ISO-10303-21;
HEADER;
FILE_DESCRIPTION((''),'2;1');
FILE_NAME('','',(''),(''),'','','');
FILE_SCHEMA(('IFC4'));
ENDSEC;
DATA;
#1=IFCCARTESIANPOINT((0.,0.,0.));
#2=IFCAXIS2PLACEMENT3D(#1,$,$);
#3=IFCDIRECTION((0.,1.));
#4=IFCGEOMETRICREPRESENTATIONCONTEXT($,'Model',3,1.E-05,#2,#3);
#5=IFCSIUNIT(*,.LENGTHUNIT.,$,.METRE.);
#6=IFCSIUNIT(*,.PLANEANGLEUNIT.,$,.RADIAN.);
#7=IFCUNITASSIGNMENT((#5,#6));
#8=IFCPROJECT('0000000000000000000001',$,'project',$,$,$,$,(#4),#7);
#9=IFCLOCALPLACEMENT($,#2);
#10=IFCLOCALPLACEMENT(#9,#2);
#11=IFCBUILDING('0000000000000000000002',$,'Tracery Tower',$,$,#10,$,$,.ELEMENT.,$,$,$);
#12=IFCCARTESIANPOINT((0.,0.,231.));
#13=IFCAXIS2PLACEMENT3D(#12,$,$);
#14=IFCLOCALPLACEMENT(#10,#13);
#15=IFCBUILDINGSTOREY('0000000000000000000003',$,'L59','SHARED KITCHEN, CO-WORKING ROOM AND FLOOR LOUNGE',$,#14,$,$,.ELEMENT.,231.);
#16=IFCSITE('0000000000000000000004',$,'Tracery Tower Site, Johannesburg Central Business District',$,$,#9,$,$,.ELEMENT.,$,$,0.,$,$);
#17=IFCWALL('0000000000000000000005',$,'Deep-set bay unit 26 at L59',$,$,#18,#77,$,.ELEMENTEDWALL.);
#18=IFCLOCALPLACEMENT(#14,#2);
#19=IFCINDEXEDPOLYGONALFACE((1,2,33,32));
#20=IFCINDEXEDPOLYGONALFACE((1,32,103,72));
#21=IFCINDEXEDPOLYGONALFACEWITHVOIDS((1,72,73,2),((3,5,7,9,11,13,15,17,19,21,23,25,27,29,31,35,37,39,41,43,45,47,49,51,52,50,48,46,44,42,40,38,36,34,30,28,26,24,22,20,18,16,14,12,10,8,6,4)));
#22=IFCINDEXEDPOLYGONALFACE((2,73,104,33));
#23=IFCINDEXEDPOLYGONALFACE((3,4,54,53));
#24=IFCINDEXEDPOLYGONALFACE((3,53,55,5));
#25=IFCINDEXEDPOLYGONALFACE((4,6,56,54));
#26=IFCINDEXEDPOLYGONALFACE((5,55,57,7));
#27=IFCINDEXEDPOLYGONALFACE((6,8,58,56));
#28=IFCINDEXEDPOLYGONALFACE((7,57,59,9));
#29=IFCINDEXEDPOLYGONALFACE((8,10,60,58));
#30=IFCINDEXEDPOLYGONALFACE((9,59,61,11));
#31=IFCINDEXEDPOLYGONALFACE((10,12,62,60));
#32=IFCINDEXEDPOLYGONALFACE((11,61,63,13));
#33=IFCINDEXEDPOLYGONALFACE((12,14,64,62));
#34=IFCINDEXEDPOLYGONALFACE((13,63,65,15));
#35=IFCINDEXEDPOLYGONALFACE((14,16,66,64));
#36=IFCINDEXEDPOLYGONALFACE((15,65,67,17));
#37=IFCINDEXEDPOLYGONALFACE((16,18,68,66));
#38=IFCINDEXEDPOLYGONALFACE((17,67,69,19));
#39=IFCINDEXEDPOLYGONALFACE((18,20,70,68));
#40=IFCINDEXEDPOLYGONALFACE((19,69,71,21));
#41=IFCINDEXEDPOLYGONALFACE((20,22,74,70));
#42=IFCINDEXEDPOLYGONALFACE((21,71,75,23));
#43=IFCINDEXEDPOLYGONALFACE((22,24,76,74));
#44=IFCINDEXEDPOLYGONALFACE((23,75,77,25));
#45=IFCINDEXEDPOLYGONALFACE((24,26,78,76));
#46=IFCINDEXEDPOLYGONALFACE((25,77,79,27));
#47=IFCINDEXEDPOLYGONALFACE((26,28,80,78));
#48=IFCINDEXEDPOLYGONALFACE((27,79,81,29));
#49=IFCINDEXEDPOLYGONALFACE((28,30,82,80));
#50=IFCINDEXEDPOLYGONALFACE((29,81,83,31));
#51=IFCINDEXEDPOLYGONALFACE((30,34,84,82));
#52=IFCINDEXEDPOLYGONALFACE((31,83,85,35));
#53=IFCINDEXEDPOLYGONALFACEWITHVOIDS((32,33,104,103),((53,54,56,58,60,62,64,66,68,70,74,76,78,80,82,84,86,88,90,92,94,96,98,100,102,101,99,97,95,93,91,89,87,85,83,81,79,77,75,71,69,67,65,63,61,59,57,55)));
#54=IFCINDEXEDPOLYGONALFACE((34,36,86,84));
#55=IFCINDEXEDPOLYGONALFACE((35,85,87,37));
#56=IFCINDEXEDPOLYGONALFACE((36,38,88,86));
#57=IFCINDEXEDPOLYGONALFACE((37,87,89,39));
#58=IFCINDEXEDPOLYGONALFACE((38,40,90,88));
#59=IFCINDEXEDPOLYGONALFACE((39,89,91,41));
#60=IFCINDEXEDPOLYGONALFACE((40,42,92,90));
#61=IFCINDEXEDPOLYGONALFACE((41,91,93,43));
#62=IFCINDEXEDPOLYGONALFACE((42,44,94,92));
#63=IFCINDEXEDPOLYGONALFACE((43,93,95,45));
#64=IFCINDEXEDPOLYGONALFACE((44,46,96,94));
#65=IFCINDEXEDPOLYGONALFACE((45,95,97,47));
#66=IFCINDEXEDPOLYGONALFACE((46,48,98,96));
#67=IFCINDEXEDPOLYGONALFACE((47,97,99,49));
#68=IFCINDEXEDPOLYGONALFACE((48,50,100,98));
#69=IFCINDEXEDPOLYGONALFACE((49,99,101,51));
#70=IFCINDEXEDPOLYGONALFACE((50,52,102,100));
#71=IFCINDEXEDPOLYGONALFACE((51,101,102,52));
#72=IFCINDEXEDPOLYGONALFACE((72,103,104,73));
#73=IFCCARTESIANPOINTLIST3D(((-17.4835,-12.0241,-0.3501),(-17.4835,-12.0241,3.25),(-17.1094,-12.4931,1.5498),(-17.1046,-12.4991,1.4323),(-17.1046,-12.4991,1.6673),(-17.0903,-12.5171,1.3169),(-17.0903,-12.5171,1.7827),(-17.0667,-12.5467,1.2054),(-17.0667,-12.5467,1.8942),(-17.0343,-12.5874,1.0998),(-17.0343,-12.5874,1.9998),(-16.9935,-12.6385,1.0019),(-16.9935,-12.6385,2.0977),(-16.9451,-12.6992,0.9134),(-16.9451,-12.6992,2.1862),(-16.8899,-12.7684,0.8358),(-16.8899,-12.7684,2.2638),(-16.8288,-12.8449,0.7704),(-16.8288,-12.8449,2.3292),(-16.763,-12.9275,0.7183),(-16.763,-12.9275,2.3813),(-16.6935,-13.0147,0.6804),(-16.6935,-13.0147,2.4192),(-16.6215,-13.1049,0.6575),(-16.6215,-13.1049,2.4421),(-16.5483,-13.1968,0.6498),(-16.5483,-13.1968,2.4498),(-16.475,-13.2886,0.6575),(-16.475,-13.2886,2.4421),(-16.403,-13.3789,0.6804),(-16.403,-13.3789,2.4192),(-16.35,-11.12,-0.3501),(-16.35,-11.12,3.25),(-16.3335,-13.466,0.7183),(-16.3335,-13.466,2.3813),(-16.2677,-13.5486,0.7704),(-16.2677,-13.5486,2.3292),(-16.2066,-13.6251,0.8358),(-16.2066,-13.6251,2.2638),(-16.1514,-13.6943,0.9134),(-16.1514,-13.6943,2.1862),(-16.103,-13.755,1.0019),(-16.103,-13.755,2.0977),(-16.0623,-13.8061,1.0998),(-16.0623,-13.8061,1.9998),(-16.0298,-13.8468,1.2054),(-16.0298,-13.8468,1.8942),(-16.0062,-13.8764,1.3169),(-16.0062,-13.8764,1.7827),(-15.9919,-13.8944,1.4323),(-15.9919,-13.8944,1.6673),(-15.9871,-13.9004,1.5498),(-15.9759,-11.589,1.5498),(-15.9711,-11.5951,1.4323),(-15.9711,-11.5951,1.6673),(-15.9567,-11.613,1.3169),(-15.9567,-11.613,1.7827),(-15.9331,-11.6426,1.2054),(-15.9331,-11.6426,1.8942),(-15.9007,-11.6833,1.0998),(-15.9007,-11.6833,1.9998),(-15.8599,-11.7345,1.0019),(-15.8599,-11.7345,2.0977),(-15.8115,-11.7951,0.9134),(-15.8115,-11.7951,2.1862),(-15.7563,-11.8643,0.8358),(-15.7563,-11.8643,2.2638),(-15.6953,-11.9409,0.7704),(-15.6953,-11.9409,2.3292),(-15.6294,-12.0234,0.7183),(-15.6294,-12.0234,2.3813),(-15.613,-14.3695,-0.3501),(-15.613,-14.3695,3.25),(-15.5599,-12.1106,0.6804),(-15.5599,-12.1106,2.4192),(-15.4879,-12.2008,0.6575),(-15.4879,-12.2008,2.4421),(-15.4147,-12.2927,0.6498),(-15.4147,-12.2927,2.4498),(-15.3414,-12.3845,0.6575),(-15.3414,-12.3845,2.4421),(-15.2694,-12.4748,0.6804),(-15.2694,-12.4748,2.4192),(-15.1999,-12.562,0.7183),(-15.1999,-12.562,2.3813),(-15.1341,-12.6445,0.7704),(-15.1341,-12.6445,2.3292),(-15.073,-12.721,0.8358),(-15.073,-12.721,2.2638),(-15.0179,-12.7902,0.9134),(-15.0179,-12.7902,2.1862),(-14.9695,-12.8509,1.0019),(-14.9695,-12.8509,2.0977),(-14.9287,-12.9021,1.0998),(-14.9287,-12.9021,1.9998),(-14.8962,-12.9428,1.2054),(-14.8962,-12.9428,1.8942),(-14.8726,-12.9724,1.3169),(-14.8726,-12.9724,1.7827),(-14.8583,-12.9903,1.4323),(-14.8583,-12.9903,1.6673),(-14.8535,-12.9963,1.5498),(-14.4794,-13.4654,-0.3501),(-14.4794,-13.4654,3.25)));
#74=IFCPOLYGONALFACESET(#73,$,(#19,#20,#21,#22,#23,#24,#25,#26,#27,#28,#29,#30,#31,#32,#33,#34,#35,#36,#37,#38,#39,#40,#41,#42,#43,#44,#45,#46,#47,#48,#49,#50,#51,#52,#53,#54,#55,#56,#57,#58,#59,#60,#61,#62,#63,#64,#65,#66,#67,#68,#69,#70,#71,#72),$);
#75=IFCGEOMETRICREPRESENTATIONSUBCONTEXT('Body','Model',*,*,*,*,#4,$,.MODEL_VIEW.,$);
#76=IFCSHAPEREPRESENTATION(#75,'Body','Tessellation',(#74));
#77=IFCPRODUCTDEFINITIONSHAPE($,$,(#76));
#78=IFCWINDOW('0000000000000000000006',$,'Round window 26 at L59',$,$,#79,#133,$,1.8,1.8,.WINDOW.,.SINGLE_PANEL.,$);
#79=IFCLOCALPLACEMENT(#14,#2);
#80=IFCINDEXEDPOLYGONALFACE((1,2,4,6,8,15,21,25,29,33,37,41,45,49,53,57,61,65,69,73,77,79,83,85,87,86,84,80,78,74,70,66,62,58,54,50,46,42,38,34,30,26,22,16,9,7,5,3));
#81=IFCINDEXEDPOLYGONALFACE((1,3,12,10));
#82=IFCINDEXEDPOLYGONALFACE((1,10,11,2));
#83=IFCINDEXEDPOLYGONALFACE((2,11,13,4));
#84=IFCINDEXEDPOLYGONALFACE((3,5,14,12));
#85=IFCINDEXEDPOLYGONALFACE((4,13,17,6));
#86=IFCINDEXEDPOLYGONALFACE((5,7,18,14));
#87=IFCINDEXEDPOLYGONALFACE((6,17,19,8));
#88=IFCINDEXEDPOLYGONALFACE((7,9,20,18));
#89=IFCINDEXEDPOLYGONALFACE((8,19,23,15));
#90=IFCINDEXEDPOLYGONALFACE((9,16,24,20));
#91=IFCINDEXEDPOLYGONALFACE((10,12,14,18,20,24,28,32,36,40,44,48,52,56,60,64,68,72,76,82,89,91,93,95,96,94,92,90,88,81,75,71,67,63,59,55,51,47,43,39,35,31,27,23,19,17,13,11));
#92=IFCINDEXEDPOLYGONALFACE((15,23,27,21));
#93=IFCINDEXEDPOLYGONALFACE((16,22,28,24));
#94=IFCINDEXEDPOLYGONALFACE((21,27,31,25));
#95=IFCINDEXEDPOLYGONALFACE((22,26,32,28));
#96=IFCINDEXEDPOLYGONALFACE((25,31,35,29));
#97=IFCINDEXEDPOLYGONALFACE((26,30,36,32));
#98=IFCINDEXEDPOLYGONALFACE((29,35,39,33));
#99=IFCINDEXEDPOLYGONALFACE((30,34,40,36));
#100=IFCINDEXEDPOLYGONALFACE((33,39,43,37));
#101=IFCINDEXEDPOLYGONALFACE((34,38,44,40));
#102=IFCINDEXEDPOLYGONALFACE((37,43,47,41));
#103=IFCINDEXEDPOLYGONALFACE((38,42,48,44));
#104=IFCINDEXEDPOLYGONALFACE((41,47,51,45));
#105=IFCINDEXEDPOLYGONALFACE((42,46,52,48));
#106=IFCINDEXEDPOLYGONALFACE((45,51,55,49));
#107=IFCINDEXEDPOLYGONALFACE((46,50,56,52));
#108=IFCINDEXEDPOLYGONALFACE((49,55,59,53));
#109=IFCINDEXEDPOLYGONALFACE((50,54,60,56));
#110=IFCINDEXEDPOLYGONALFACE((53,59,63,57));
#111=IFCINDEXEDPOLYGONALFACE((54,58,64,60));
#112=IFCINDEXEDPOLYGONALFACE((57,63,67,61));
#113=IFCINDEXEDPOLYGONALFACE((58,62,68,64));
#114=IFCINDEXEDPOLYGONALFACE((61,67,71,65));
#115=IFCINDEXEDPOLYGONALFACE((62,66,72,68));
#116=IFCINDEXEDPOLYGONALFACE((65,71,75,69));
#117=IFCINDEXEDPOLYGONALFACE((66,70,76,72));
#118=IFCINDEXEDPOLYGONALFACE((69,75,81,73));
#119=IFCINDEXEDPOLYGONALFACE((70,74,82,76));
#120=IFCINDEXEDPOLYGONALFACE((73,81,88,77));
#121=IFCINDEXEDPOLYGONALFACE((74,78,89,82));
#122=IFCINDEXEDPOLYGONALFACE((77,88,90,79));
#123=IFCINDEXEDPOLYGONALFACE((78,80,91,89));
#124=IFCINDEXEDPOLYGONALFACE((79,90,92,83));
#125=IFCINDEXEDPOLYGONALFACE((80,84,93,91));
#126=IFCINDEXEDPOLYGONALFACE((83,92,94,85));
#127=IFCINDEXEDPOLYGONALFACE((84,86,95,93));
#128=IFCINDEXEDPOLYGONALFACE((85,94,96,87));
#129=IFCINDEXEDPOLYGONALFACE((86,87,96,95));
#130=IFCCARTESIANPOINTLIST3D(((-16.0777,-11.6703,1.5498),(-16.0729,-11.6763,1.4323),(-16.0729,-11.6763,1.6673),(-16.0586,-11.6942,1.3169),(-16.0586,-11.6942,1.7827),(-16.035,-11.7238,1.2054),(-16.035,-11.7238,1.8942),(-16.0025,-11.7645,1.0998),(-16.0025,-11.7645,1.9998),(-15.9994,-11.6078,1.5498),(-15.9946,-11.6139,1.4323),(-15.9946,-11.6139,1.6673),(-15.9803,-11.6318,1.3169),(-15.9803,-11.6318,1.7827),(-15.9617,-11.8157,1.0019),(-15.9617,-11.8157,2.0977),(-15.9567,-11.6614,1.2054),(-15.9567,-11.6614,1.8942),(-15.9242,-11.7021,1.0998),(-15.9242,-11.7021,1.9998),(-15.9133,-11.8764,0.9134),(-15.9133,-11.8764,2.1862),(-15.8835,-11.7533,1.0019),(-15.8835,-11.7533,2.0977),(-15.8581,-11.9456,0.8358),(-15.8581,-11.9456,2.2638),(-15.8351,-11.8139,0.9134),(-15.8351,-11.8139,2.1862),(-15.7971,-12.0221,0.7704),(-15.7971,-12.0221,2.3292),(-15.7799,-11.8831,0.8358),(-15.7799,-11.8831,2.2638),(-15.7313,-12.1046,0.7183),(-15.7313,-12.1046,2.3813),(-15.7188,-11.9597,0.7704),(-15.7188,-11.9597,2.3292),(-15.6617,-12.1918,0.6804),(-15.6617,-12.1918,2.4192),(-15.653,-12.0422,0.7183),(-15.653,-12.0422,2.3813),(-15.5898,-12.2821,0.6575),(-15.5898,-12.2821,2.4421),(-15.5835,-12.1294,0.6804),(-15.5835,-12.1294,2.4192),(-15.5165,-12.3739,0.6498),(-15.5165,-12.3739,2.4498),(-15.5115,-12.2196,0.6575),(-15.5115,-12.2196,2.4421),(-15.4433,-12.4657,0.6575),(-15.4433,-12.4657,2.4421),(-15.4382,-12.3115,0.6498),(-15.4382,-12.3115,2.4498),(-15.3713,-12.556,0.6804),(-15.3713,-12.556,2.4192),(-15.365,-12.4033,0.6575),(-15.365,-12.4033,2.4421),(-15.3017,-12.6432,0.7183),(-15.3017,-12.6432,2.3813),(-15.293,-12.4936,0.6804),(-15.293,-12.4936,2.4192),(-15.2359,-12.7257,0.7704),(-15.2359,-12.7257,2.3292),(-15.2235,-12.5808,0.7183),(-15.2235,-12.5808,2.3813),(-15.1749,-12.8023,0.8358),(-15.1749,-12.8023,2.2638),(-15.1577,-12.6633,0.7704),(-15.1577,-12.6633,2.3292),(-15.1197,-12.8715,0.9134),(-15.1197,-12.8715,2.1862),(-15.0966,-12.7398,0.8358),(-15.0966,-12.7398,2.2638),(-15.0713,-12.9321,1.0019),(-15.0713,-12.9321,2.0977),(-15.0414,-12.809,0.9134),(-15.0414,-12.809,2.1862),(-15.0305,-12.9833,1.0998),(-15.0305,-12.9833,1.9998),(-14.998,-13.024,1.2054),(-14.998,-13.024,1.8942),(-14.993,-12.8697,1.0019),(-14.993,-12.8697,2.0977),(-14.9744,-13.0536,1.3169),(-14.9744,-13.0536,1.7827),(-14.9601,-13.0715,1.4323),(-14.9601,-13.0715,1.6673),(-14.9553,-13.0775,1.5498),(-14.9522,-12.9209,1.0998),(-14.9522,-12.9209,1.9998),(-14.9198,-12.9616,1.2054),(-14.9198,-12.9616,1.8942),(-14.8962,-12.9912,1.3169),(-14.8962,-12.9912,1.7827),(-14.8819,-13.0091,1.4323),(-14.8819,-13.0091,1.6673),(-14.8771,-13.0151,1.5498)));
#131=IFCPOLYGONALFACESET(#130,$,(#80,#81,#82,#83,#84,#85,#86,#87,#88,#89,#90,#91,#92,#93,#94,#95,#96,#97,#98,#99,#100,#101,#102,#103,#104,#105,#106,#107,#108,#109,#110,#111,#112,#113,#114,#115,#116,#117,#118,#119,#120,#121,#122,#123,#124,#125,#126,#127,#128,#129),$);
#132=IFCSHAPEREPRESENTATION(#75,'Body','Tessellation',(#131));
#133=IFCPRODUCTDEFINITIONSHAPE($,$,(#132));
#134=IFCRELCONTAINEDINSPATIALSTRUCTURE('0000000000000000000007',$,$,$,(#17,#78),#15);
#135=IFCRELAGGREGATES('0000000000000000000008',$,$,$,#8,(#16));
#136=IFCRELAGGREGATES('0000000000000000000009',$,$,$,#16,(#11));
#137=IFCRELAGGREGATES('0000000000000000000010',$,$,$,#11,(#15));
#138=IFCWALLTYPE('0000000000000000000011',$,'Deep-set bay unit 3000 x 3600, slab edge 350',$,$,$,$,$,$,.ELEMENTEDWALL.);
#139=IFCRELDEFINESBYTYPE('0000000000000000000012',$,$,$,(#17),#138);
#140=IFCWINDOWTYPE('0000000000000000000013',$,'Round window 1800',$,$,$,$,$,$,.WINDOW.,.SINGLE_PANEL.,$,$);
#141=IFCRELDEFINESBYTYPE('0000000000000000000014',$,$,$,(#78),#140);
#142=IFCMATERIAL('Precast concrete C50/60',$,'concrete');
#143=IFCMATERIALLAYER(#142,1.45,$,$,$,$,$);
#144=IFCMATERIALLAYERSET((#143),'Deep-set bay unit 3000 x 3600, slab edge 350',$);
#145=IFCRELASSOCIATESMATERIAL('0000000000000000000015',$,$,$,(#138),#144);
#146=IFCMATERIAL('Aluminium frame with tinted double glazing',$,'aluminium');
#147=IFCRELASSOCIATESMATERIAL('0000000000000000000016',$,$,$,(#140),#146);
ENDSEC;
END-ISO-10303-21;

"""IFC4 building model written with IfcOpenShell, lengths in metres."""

from ifc_helpers import new_model, si_unit, direction, frame, frame_2d, origin, origin_2d, place, context, subcontext, project, spatial, rectangle, circle, extrude, material, layer, layer_set, type_object, element, fill, save


model = new_model("IFC4")

# Units and contexts
model_context = context("Model", 3, precision=1e-05, world=origin(), true_north=direction((0.0, 1.0)))
body_context = subcontext(model_context, "Body", "Model", "MODEL_VIEW")
ifc_project = project(units=[si_unit("LENGTHUNIT", "METRE"), si_unit("PLANEANGLEUNIT", "RADIAN")], contexts=[model_context])

# Site, building, storey
site_placement = place(None, origin())
site = spatial("IfcSite", under=ifc_project, at=site_placement, Name="Tracery Tower Site, Johannesburg Central Business District", CompositionType="ELEMENT", RefElevation=0.0)
building_placement = place(site_placement, origin())
building = spatial("IfcBuilding", under=site, at=building_placement, Name="Tracery Tower", CompositionType="ELEMENT")
storey_placement = place(building_placement, frame((0.0, 0.0, 231.0)))
storey = spatial("IfcBuildingStorey", under=building, at=storey_placement, Name="L59", Description="SHARED KITCHEN, CO-WORKING ROOM AND FLOOR LOUNGE", CompositionType="ELEMENT", Elevation=231.0)

# Wall, opening, window
ifc_material_1 = material(Name="Precast concrete C50/60", Category="concrete")
ifc_layer_1 = layer(ifc_material_1, 1.45)
ifc_layer_set_1 = layer_set([ifc_layer_1], Name="Deep-set bay unit 3000 x 3600, slab edge 350")
wall_type_1 = type_object("IfcWallType", Name="Deep-set bay unit 3000 x 3600, slab edge 350", PredefinedType="ELEMENTEDWALL", material=ifc_layer_set_1)
wall_1_placement = place(storey_placement, frame((-16.9167, -11.572, -0.3501), z_axis=(0.0, 0.0, 1.0), x_axis=(0.623523, -0.781805, 0.0)))
wall_1 = element("IfcWall", 1, at=wall_1_placement, inside=storey, type_object=wall_type_1, Name="Deep-set bay unit 26 at L59", PredefinedType="ELEMENTEDWALL", context=body_context, shape_type="SweptSolid", body=[
    extrude(rectangle(XDim=3.0, YDim=1.45, at=frame_2d((1.5, 0.0))), origin(), (0.0, 0.0, 1.0), 3.6001),
])
opening_1_placement = place(wall_1_placement, frame((1.5, 0.0, 1.8999)))
opening_1 = element("IfcOpeningElement", 2, at=opening_1_placement, cuts=wall_1, PredefinedType="OPENING", context=body_context, shape_type="SweptSolid", body=[
    extrude(circle(Radius=0.9, at=origin_2d()), frame((0.0, 0.7349, 0.0), z_axis=(0.0, -1.0, 0.0), x_axis=(1.0, 0.0, 0.0)), (0.0, 0.0, 1.0), 1.47),
])
ifc_material_2 = material(Name="Aluminium frame with tinted double glazing", Category="aluminium")
window_type = type_object("IfcWindowType", Name="Round window 1800", PartitioningType="SINGLE_PANEL", PredefinedType="WINDOW", material=ifc_material_2)
window_1_placement = place(opening_1_placement, origin())
window_1 = element("IfcWindow", 3, at=window_1_placement, inside=storey, type_object=window_type, Name="Round window 26 at L59", OverallHeight=1.8, OverallWidth=1.8, PartitioningType="SINGLE_PANEL", PredefinedType="WINDOW", context=body_context, shape_type="SweptSolid", body=[
    extrude(circle(Radius=0.9, at=origin_2d()), frame((0.0, 0.6948, 0.0), z_axis=(0.0, -1.0, 0.0), x_axis=(1.0, 0.0, 0.0)), (0.0, 0.0, 1.0), 0.1001),
])
fill(opening_1, window_1)

save(model, "model.ifc")
